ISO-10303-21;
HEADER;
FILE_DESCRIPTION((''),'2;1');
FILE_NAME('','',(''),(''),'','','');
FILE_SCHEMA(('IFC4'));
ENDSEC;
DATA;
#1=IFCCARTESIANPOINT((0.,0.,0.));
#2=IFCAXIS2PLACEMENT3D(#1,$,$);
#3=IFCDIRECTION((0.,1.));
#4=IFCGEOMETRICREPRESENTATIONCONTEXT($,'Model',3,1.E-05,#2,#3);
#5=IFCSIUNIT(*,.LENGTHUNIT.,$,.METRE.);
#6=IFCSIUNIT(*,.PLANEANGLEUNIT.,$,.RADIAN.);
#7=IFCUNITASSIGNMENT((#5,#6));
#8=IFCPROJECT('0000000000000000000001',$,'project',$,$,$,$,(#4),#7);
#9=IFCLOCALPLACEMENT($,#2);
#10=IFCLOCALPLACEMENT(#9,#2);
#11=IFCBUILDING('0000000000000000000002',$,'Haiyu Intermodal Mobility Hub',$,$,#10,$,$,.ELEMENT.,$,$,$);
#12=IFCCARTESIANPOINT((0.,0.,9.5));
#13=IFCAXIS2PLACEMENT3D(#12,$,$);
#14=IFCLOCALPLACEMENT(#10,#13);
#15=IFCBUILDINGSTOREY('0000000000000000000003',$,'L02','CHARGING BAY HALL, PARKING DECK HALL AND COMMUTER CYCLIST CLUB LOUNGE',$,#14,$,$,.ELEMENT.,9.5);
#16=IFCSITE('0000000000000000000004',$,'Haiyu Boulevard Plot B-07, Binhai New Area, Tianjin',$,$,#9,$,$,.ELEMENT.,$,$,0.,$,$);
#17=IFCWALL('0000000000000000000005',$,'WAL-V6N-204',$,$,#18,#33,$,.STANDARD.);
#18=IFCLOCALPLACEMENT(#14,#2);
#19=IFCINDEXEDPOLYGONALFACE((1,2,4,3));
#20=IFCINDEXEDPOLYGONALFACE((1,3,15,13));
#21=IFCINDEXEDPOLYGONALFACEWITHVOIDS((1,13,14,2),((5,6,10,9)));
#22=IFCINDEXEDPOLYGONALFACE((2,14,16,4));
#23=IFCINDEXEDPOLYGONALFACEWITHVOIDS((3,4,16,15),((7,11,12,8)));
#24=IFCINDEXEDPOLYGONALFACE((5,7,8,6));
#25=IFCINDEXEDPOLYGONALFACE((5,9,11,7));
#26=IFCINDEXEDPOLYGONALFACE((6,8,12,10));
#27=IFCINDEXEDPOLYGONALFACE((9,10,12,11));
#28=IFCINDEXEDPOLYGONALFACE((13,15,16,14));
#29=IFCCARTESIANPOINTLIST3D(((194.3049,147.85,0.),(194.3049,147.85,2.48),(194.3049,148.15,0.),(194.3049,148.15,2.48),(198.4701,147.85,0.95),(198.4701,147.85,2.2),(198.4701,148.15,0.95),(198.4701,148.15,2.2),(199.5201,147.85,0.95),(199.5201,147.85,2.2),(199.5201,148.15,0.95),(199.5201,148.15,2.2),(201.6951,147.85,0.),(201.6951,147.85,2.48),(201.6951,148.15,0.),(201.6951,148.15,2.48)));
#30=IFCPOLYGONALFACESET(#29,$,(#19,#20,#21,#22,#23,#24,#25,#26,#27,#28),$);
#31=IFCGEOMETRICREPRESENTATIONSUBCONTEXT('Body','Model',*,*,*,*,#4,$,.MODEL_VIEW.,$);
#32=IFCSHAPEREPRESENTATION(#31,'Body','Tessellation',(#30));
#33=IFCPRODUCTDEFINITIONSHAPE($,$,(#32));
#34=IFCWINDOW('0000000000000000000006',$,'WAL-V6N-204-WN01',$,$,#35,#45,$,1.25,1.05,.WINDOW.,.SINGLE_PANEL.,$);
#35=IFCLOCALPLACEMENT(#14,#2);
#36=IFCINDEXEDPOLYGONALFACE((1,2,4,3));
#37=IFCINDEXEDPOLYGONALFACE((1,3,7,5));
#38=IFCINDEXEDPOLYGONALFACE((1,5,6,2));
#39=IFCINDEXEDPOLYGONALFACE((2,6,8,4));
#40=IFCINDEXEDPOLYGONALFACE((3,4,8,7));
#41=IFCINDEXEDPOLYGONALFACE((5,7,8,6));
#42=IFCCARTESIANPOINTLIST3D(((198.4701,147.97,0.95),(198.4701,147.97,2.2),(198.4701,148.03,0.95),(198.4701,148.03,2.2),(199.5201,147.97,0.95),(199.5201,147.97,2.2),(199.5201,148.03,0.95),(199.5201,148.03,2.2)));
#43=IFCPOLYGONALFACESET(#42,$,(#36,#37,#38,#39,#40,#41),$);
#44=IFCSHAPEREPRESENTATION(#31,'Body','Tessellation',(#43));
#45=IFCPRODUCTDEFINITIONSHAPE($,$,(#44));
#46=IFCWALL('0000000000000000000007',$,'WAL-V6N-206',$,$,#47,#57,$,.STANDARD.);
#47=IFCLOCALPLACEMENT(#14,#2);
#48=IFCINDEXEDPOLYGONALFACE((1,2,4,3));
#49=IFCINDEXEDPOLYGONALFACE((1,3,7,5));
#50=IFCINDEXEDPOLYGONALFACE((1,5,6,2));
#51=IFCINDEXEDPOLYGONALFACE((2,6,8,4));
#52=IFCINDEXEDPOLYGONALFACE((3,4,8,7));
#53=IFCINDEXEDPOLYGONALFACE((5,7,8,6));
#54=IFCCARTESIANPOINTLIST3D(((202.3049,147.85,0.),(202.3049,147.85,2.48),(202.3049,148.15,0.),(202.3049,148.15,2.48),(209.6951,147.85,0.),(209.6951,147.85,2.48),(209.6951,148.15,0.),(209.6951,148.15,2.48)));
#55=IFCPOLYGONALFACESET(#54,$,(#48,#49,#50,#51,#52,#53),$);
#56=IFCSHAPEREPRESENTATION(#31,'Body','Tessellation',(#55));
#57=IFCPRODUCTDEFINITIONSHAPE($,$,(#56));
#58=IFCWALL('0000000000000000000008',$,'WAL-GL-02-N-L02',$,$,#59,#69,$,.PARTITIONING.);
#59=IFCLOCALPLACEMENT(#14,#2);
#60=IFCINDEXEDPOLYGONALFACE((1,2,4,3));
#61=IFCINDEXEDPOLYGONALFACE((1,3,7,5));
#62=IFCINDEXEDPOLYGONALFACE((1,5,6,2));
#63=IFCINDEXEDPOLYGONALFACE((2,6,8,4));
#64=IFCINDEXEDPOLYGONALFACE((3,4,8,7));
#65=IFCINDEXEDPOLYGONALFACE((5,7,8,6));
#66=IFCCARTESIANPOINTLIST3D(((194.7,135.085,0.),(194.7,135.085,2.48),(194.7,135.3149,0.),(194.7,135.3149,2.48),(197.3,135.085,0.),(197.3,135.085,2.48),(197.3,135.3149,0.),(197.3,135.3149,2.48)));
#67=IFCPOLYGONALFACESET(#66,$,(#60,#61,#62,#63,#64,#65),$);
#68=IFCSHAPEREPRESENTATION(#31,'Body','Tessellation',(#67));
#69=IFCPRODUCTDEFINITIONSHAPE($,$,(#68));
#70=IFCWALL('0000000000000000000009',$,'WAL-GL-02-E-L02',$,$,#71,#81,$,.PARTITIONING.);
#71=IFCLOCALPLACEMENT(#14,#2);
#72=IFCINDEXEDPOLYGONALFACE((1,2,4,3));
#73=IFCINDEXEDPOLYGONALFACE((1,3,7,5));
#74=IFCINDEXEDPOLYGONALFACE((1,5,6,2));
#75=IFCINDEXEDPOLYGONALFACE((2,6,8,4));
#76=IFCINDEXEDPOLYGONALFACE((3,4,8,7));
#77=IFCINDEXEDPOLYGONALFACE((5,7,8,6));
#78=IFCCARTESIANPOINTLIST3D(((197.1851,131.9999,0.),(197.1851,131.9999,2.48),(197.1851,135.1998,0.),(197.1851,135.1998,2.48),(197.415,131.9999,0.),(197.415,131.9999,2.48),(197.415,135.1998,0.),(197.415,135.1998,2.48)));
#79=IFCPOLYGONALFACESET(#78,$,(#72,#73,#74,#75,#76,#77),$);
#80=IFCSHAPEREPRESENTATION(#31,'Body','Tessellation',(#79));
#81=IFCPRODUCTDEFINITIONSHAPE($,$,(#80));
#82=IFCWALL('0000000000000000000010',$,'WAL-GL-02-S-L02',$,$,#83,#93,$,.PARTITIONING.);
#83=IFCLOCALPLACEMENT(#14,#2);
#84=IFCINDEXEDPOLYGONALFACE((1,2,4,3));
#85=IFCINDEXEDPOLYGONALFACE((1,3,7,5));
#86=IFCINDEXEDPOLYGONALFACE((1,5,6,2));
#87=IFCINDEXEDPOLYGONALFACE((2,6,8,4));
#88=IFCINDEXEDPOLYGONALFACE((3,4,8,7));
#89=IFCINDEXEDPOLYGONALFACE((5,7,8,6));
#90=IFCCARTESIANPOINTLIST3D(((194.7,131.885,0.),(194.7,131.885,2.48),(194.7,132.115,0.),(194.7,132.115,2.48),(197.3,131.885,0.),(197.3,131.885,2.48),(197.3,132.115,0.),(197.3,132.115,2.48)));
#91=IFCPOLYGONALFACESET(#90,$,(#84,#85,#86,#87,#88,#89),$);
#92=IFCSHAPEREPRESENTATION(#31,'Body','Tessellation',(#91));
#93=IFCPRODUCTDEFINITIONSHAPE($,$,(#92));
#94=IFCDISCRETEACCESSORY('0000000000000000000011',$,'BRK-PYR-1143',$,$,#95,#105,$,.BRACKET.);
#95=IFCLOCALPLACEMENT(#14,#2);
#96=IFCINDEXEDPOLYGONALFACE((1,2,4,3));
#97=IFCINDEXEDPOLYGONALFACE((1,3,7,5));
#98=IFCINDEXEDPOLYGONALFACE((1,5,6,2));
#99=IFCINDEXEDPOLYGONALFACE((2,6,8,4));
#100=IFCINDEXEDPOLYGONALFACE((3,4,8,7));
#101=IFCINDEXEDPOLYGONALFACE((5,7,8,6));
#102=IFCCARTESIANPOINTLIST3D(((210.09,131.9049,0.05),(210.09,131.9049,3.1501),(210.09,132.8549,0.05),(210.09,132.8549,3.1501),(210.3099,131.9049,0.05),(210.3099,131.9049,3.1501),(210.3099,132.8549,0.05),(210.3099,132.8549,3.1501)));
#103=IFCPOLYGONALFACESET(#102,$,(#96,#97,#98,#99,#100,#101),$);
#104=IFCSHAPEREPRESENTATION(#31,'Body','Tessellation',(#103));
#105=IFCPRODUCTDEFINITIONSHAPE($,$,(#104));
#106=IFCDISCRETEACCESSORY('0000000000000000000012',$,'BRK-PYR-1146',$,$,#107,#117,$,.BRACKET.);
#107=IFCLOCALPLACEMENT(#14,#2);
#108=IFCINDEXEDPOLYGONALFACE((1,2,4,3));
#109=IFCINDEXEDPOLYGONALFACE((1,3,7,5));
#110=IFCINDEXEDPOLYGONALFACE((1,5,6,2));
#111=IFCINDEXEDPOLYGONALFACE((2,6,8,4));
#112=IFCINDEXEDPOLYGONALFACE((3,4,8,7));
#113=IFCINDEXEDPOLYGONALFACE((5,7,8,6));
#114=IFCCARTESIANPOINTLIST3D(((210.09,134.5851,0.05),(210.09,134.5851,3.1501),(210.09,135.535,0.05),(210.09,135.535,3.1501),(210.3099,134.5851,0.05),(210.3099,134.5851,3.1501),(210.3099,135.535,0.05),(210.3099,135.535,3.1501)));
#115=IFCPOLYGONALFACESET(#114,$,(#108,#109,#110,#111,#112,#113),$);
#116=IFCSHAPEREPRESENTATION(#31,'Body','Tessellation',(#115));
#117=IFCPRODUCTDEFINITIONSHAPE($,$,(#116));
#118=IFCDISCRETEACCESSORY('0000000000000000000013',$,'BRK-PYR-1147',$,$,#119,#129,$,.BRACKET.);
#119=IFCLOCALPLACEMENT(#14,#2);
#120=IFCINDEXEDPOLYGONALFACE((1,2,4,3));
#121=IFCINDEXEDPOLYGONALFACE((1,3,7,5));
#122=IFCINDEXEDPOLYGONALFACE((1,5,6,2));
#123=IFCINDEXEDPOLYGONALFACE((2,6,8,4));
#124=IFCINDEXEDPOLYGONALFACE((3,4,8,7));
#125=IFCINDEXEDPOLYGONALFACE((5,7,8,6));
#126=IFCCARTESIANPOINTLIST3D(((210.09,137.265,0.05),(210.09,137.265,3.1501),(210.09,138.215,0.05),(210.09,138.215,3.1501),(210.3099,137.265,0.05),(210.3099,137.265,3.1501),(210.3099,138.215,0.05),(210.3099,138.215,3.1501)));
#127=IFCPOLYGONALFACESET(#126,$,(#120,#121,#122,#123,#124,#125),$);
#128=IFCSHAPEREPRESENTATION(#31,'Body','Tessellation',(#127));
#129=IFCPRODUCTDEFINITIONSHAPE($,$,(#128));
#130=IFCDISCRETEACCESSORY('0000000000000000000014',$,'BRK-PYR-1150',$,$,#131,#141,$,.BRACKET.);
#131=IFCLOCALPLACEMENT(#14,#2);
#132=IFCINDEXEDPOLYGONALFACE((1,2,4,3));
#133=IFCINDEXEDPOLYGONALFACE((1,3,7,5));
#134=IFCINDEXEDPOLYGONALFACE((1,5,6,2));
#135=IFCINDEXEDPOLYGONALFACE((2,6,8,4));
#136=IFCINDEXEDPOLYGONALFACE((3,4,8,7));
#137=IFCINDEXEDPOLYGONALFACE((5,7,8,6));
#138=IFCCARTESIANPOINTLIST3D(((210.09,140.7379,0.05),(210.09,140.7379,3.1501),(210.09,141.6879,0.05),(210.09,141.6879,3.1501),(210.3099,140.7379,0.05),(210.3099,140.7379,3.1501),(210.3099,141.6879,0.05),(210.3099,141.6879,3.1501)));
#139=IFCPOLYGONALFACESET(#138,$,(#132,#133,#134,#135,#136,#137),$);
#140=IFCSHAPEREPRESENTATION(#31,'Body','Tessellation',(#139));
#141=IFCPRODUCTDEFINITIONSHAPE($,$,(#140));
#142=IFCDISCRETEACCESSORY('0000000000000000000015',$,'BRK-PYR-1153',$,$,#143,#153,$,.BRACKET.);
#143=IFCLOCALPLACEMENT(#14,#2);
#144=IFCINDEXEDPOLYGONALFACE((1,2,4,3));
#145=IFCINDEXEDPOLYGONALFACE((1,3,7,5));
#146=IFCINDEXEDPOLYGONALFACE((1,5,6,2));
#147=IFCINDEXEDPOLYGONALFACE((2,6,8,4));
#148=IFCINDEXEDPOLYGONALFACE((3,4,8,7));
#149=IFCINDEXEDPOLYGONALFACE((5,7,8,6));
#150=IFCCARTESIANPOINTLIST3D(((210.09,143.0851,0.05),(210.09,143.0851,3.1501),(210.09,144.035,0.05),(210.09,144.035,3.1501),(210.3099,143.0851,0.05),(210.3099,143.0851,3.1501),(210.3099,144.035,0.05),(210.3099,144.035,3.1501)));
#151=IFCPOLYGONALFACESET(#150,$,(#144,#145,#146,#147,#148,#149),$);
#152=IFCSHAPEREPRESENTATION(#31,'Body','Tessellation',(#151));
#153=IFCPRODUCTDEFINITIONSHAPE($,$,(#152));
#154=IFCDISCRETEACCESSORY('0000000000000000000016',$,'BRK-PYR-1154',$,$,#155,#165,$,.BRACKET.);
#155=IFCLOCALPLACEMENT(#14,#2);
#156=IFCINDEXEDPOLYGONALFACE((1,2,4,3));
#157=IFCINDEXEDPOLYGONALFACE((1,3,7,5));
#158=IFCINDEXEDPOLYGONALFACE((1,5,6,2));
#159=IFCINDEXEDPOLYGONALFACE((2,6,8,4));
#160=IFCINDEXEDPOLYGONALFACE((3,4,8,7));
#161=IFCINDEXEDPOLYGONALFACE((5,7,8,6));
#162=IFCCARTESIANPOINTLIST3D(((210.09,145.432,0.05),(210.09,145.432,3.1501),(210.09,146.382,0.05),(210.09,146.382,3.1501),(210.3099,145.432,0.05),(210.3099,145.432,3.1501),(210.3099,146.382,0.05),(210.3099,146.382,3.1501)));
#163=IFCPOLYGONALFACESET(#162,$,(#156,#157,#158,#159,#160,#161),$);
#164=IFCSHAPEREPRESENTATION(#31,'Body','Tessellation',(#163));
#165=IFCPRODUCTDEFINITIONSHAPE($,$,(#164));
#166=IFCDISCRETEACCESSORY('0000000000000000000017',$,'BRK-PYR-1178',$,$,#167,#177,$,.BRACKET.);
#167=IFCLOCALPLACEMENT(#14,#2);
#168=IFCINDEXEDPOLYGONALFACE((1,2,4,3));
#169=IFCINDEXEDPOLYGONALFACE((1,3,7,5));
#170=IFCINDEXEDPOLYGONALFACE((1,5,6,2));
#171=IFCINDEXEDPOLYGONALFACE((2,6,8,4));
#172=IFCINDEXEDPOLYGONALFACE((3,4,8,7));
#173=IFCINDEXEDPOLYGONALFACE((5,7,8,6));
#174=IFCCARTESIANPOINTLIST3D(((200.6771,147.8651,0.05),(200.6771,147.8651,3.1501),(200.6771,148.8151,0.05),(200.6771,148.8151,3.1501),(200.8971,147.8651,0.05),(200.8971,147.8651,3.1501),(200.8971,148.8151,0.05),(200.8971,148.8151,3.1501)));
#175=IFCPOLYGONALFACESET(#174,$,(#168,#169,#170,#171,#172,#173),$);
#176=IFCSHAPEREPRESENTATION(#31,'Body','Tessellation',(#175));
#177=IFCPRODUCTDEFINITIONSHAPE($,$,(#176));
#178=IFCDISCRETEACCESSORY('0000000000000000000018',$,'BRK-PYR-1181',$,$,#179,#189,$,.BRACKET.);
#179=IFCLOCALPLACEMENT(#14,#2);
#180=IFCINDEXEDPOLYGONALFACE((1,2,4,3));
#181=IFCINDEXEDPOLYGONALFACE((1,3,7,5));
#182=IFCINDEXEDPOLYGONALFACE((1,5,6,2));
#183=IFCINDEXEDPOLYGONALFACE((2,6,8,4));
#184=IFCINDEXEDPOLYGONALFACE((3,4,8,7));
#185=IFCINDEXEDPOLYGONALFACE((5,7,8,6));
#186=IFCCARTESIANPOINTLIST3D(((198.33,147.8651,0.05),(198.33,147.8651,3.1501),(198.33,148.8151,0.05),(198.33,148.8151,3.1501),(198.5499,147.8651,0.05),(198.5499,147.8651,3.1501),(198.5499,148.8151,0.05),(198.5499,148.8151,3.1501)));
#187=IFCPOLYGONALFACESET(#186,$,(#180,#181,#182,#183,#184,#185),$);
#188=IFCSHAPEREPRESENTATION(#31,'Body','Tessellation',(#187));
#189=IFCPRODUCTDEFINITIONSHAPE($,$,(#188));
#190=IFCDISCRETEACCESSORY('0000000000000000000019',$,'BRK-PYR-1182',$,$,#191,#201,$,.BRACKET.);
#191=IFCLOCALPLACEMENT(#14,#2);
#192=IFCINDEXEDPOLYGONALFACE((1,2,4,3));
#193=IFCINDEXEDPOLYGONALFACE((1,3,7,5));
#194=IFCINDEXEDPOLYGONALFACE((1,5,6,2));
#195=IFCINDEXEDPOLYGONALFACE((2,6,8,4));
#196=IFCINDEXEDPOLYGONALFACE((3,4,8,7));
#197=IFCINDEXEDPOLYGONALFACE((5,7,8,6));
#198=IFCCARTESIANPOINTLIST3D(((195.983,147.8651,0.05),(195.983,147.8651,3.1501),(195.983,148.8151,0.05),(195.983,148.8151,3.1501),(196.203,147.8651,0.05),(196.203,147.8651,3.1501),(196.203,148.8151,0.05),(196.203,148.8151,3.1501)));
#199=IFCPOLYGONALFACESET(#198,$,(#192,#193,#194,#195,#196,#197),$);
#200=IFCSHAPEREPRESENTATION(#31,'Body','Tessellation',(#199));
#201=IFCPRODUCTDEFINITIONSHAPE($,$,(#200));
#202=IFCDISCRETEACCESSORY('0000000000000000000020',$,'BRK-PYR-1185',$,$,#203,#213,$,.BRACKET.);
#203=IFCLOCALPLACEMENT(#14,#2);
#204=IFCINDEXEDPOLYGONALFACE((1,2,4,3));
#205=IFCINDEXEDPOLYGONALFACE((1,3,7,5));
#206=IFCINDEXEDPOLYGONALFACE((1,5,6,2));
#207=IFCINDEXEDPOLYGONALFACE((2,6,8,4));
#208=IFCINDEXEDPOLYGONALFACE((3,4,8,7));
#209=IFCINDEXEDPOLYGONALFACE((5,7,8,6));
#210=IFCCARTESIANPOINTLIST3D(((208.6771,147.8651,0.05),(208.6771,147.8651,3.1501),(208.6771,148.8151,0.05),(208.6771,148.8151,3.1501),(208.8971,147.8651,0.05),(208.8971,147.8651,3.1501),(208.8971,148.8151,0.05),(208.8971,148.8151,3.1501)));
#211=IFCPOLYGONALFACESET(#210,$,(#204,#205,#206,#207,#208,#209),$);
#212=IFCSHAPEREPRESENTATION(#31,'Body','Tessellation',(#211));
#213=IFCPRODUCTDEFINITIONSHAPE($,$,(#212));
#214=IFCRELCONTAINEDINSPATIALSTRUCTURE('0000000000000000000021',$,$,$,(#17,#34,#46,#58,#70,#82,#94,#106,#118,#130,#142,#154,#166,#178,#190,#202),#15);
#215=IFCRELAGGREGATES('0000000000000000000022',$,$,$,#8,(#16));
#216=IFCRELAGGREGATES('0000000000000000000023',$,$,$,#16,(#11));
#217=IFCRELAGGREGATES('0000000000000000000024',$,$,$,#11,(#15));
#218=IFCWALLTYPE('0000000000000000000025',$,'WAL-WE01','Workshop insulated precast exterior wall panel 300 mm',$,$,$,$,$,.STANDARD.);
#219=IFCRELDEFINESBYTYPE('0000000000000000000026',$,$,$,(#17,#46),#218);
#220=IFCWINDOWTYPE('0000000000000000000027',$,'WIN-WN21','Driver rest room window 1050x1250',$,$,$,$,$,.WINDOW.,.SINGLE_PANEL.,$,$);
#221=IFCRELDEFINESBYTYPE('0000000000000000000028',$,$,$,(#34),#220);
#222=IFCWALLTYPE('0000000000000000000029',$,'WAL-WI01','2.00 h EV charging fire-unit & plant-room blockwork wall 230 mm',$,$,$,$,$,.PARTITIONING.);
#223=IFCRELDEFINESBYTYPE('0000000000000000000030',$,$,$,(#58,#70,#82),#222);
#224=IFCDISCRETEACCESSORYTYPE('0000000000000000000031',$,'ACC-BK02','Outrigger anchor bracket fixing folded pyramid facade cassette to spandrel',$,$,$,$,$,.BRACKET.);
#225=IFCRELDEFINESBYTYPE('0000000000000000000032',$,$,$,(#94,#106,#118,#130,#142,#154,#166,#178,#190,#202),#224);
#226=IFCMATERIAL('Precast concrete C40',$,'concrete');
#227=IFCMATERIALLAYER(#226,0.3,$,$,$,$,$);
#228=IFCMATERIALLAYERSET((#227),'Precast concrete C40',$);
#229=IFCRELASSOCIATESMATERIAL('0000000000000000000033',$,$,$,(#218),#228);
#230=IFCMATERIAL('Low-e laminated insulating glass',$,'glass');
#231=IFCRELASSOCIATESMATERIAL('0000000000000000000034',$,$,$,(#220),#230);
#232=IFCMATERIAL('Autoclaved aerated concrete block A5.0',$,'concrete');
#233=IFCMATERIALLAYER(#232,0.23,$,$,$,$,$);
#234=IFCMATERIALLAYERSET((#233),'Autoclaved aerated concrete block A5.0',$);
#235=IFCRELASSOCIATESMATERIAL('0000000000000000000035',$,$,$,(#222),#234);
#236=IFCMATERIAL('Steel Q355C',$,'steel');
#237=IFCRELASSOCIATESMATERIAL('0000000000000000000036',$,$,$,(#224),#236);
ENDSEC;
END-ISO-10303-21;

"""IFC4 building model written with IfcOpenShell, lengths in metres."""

from ifc_helpers import new_model, si_unit, direction, frame, frame_2d, origin, origin_2d, place, context, subcontext, project, spatial, rectangle, extrude, material, layer, layer_set, type_object, element, fill, save


model = new_model("IFC4")

# Units and contexts
model_context = context("Model", 3, precision=1e-05, world=origin(), true_north=direction((0.0, 1.0)))
body_context = subcontext(model_context, "Body", "Model", "MODEL_VIEW")
ifc_project = project(units=[si_unit("LENGTHUNIT", "METRE"), si_unit("PLANEANGLEUNIT", "RADIAN")], contexts=[model_context])

# Site, building, storey
site_placement = place(None, origin())
site = spatial("IfcSite", under=ifc_project, at=site_placement, Name="Haiyu Boulevard Plot B-07, Binhai New Area, Tianjin", CompositionType="ELEMENT", RefElevation=0.0)
building_placement = place(site_placement, origin())
building = spatial("IfcBuilding", under=site, at=building_placement, Name="Haiyu Intermodal Mobility Hub", CompositionType="ELEMENT")
storey_placement = place(building_placement, frame((0.0, 0.0, 9.5)))
storey = spatial("IfcBuildingStorey", under=building, at=storey_placement, Name="L02", Description="CHARGING BAY HALL, PARKING DECK HALL AND COMMUTER CYCLIST CLUB LOUNGE", CompositionType="ELEMENT", Elevation=9.5)

# Shared definitions
ifc_material_1 = material(Name="Precast concrete C40", Category="concrete")
ifc_layer_1 = layer(ifc_material_1, 0.3)
ifc_layer_set_1 = layer_set([ifc_layer_1], Name="Precast concrete C40")
wall_type_1 = type_object("IfcWallType", Name="WAL-WE01", Description="Workshop insulated precast exterior wall panel 300 mm", PredefinedType="STANDARD", material=ifc_layer_set_1)

# Wall, opening, window
wall_1_placement = place(storey_placement, frame((201.6951, 148.0, 0.0), z_axis=(0.0, 0.0, 1.0), x_axis=(-1.0, 0.0, 0.0)))
wall_1 = element("IfcWall", 1, at=wall_1_placement, inside=storey, type_object=wall_type_1, Name="WAL-V6N-204", PredefinedType="STANDARD", context=body_context, shape_type="SweptSolid", body=[
    extrude(rectangle(XDim=7.3901, YDim=0.3, at=frame_2d((3.6951, 0.0))), origin(), (0.0, 0.0, 1.0), 2.48),
])
opening_placement = place(wall_1_placement, frame((2.175, 0.0, 0.95)))
opening = element("IfcOpeningElement", 2, at=opening_placement, cuts=wall_1, PredefinedType="OPENING", context=body_context, shape_type="SweptSolid", body=[
    extrude(rectangle(XDim=1.05, YDim=1.25, at=frame_2d((0.5249, 0.625))), frame((0.0, 0.1602, 0.0), z_axis=(0.0, -1.0, 0.0), x_axis=(1.0, 0.0, 0.0)), (0.0, 0.0, 1.0), 0.3201),
])
ifc_material_2 = material(Name="Low-e laminated insulating glass", Category="glass")
window_type = type_object("IfcWindowType", Name="WIN-WN21", Description="Driver rest room window 1050x1250", PartitioningType="SINGLE_PANEL", PredefinedType="WINDOW", material=ifc_material_2)
window_placement = place(opening_placement, origin())
window = element("IfcWindow", 3, at=window_placement, inside=storey, type_object=window_type, Name="WAL-V6N-204-WN01", OverallHeight=1.25, OverallWidth=1.05, PartitioningType="SINGLE_PANEL", PredefinedType="WINDOW", context=body_context, shape_type="SweptSolid", body=[
    extrude(rectangle(XDim=1.05, YDim=1.25, at=frame_2d((0.5249, 0.625))), frame((0.0, 0.03, 0.0), z_axis=(0.0, -1.0, 0.0), x_axis=(1.0, 0.0, 0.0)), (0.0, 0.0, 1.0), 0.0601),
])
fill(opening, window)

# Walls
wall_2_placement = place(storey_placement, frame((209.6951, 148.0, 0.0), z_axis=(0.0, 0.0, 1.0), x_axis=(-1.0, 0.0, 0.0)))
element("IfcWall", 4, at=wall_2_placement, inside=storey, type_object=wall_type_1, Name="WAL-V6N-206", PredefinedType="STANDARD", context=body_context, shape_type="SweptSolid", body=[
    extrude(rectangle(XDim=7.3901, YDim=0.3, at=frame_2d((3.6951, 0.0))), origin(), (0.0, 0.0, 1.0), 2.48),
])
ifc_material_3 = material(Name="Autoclaved aerated concrete block A5.0", Category="concrete")
ifc_layer_2 = layer(ifc_material_3, 0.23)
ifc_layer_set_2 = layer_set([ifc_layer_2], Name="Autoclaved aerated concrete block A5.0")
wall_type_2 = type_object("IfcWallType", Name="WAL-WI01", Description="2.00 h EV charging fire-unit & plant-room blockwork wall 230 mm", PredefinedType="PARTITIONING", material=ifc_layer_set_2)
wall_3_placement = place(storey_placement, frame((194.7, 135.2, 0.0), z_axis=(0.0, 0.0, 1.0), x_axis=(1.0, 0.0, 0.0)))
element("IfcWall", 5, at=wall_3_placement, inside=storey, type_object=wall_type_2, Name="WAL-GL-02-N-L02", PredefinedType="PARTITIONING", context=body_context, shape_type="SweptSolid", body=[
    extrude(rectangle(XDim=2.6001, YDim=0.23, at=frame_2d((1.3, 0.0))), origin(), (0.0, 0.0, 1.0), 2.48),
])
wall_4_placement = place(storey_placement, frame((197.3, 135.2, 0.0), z_axis=(0.0, 0.0, 1.0), x_axis=(0.0, -1.0, 0.0)))
element("IfcWall", 6, at=wall_4_placement, inside=storey, type_object=wall_type_2, Name="WAL-GL-02-E-L02", PredefinedType="PARTITIONING", context=body_context, shape_type="SweptSolid", body=[
    extrude(rectangle(XDim=3.2, YDim=0.23, at=frame_2d((1.6001, 0.0))), origin(), (0.0, 0.0, 1.0), 2.48),
])
wall_5_placement = place(storey_placement, frame((197.3, 132.0, 0.0), z_axis=(0.0, 0.0, 1.0), x_axis=(-1.0, 0.0, 0.0)))
element("IfcWall", 7, at=wall_5_placement, inside=storey, type_object=wall_type_2, Name="WAL-GL-02-S-L02", PredefinedType="PARTITIONING", context=body_context, shape_type="SweptSolid", body=[
    extrude(rectangle(XDim=2.6001, YDim=0.23, at=frame_2d((1.3, 0.0))), origin(), (0.0, 0.0, 1.0), 2.48),
])

# Discrete accessories
ifc_material_4 = material(Name="Steel Q355C", Category="steel")
discrete_accessory_type = type_object("IfcDiscreteAccessoryType", Name="ACC-BK02", Description="Outrigger anchor bracket fixing folded pyramid facade cassette to spandrel", PredefinedType="BRACKET", material=ifc_material_4)
for number, where, z_axis, x_axis, name in (
    (8, (210.2, 132.3799, 0.05), (0.0, 0.0, 1.0), (1.0, 0.0, 0.0), "BRK-PYR-1143"),
    (9, (210.2, 135.0601, 0.05), (0.0, 0.0, 1.0), (1.0, 0.0, 0.0), "BRK-PYR-1146"),
    (10, (210.2, 137.74, 0.05), (0.0, 0.0, 1.0), (1.0, 0.0, 0.0), "BRK-PYR-1147"),
    (11, (210.2, 141.2129, 0.05), (0.0, 0.0, 1.0), (1.0, 0.0, 0.0), "BRK-PYR-1150"),
    (12, (210.2, 143.5601, 0.05), (0.0, 0.0, 1.0), (1.0, 0.0, 0.0), "BRK-PYR-1153"),
    (13, (210.2, 145.907, 0.05), (0.0, 0.0, 1.0), (1.0, 0.0, 0.0), "BRK-PYR-1154"),
    (14, (200.7871, 148.3401, 0.05), (0.0, 0.0, 1.0), (1.0, 0.0, 0.0), "BRK-PYR-1178"),
    (15, (198.4399, 148.3401, 0.05), (0.0, 0.0, 1.0), (1.0, 0.0, 0.0), "BRK-PYR-1181"),
    (16, (196.093, 148.3401, 0.05), (0.0, 0.0, 1.0), (1.0, 0.0, 0.0), "BRK-PYR-1182"),
    (17, (208.7871, 148.3401, 0.05), (0.0, 0.0, 1.0), (1.0, 0.0, 0.0), "BRK-PYR-1185"),
):
    element("IfcDiscreteAccessory", number, at=place(storey_placement, frame(where, z_axis=z_axis, x_axis=x_axis)), inside=storey, type_object=discrete_accessory_type, Name=name, PredefinedType="BRACKET", context=body_context, shape_type="SweptSolid", body=[
        extrude(rectangle(XDim=0.22, YDim=0.95, at=origin_2d()), origin(), (0.0, 0.0, 1.0), 3.1001),
    ])

save(model, "model.ifc")
